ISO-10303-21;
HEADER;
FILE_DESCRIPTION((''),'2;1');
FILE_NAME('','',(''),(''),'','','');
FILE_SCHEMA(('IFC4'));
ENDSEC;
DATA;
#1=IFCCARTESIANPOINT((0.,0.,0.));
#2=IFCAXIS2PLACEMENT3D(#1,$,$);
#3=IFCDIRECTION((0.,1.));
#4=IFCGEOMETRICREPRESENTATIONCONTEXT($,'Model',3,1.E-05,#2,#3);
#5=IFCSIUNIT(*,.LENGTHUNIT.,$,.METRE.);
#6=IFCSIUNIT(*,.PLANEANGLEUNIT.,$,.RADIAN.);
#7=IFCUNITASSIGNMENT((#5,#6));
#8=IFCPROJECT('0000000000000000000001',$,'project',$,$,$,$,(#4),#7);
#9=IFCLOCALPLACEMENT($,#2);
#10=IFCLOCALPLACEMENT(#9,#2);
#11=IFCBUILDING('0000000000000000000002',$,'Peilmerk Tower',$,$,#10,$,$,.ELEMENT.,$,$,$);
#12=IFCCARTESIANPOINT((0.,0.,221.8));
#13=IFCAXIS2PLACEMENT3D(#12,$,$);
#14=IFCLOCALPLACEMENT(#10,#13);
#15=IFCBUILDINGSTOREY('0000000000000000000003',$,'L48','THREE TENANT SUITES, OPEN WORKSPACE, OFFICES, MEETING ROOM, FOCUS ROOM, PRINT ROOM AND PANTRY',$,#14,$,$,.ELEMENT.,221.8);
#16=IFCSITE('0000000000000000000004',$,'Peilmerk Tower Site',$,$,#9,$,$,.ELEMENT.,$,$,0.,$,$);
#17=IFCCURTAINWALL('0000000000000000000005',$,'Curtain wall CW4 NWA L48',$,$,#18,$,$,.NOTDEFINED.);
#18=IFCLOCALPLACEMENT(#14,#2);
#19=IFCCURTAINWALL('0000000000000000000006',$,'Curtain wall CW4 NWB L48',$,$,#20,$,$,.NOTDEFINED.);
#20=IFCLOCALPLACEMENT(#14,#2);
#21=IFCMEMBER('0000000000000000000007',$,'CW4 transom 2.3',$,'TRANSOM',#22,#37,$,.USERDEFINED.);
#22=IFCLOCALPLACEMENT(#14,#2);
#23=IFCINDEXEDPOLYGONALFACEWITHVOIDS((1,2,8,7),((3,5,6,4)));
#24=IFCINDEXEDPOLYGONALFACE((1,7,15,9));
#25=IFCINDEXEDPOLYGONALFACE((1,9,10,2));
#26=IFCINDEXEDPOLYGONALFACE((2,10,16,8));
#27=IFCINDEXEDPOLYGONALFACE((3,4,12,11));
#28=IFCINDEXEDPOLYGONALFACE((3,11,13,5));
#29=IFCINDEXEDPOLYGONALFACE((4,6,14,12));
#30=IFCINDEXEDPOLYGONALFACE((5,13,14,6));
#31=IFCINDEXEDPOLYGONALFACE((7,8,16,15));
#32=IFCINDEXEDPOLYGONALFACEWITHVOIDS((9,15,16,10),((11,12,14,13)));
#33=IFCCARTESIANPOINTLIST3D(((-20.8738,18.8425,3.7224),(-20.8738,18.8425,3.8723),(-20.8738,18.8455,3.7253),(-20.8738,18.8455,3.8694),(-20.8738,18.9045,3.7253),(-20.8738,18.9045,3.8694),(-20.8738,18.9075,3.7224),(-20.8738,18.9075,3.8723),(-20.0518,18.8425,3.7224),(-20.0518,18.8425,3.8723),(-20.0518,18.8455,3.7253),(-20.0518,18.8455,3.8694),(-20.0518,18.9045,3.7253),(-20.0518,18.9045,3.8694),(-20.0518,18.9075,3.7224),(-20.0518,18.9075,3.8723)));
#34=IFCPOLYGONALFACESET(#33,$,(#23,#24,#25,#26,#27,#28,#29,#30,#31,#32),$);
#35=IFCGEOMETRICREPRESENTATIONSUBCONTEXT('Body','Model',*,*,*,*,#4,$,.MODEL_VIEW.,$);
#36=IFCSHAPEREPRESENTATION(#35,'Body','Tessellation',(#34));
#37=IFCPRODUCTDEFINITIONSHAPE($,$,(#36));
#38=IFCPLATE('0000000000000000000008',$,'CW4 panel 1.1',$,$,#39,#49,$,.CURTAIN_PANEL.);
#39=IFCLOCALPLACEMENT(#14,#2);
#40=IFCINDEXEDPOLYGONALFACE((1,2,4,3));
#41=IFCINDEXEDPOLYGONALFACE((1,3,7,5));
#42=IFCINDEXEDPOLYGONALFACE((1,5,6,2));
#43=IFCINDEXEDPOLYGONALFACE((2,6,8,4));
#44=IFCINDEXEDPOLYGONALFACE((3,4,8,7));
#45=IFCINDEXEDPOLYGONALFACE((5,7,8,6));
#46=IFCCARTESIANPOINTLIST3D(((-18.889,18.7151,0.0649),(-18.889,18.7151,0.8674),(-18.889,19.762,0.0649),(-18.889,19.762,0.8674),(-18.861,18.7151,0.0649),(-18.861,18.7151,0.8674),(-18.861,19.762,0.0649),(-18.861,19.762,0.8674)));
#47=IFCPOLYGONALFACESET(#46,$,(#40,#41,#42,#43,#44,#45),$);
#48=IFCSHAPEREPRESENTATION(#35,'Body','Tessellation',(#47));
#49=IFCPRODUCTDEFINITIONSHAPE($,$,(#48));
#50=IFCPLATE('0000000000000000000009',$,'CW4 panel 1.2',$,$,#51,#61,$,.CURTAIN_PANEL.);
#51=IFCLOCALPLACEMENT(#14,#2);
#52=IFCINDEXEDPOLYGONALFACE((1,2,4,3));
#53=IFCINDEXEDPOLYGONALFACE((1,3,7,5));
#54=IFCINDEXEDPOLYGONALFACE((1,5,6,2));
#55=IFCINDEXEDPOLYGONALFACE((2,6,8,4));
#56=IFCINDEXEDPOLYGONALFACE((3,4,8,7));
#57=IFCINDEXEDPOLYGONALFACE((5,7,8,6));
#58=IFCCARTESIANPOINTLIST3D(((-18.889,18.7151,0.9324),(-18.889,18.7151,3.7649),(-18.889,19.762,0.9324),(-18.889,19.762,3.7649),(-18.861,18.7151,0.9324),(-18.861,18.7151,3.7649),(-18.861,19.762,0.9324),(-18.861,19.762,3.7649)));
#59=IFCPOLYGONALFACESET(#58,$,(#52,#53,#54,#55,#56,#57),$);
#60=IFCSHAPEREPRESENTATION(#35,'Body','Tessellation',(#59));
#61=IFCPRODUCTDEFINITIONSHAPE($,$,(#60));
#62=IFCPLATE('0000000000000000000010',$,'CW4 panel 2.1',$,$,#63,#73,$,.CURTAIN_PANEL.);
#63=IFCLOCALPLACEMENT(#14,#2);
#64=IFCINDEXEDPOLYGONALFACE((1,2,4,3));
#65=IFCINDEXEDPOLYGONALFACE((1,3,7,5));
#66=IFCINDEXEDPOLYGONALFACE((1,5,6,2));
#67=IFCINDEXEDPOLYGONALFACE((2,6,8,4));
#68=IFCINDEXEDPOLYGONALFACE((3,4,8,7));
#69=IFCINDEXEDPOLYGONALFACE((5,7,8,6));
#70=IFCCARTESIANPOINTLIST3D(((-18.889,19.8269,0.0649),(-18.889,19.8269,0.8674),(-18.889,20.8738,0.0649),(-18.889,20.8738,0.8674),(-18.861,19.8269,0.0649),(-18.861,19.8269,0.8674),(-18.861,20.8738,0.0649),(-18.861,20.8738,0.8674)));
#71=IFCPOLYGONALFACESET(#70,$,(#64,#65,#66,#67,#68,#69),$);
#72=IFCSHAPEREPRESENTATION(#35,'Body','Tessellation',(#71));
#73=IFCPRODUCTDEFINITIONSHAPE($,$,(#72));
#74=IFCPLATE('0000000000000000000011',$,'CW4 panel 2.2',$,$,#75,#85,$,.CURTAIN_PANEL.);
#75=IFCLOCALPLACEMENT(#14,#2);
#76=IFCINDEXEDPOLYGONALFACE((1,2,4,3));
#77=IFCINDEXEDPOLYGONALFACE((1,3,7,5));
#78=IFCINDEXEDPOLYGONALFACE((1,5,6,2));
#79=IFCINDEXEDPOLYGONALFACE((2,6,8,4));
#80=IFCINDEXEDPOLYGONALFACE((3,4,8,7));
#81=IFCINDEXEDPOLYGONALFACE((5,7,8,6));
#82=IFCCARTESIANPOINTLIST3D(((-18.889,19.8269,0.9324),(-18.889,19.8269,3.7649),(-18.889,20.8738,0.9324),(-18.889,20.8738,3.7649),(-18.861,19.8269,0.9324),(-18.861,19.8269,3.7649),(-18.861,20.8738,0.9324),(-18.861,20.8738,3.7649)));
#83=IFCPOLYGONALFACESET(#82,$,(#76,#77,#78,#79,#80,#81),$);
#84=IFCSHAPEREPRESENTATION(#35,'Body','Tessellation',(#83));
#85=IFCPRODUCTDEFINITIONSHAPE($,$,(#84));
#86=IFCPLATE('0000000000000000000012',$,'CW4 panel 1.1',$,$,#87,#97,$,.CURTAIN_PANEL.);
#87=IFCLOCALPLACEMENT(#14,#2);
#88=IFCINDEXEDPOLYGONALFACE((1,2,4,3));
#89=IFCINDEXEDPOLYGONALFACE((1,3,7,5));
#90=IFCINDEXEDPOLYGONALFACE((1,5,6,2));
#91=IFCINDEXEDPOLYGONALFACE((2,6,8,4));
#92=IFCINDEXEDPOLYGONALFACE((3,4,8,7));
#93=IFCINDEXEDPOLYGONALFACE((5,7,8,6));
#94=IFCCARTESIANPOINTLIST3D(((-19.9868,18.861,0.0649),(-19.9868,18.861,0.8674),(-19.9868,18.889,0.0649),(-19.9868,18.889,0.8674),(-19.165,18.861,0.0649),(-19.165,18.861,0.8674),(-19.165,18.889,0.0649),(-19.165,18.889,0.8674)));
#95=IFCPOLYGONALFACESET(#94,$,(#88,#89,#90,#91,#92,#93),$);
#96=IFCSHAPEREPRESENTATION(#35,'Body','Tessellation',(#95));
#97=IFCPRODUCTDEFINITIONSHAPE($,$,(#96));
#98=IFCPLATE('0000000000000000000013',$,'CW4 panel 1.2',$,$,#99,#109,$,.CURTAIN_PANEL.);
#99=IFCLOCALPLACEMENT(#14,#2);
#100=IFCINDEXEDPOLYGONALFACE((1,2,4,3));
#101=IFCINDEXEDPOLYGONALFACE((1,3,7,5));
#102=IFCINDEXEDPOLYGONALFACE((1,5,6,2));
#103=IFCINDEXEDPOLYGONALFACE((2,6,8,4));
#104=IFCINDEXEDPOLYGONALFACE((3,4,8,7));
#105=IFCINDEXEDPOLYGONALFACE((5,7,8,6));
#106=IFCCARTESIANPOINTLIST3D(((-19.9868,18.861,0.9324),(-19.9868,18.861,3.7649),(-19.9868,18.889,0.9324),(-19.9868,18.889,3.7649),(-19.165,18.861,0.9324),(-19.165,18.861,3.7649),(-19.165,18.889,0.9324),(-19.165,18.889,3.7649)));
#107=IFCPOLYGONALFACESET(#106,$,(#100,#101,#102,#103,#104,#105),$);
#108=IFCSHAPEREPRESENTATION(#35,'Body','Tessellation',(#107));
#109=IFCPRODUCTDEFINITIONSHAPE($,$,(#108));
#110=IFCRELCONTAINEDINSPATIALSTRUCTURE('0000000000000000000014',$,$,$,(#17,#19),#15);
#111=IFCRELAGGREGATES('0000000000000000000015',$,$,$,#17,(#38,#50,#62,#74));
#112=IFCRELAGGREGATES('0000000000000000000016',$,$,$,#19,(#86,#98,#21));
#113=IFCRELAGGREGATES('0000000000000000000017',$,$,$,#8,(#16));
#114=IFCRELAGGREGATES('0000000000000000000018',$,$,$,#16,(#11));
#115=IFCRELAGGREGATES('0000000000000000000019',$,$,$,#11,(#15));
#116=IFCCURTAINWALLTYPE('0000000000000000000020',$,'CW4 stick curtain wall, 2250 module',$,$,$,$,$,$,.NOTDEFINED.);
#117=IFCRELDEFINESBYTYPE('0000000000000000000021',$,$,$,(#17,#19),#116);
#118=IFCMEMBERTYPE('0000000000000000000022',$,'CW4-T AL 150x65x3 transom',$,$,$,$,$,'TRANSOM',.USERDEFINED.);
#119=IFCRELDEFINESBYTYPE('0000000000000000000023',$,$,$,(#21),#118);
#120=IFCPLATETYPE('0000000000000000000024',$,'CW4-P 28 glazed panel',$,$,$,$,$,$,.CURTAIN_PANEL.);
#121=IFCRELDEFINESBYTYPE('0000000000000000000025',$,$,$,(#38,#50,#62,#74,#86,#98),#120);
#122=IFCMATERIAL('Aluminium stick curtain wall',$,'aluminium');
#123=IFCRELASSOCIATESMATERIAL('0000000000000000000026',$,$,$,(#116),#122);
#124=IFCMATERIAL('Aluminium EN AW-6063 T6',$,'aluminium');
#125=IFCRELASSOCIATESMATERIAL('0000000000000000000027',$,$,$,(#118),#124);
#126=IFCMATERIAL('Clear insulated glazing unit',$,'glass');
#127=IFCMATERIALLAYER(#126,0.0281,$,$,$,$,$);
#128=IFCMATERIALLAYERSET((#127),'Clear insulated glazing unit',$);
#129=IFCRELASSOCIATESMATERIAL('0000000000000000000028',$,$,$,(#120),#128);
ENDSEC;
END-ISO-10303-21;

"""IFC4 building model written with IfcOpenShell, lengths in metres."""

from ifc_helpers import new_model, si_unit, direction, frame, origin, origin_2d, place, context, subcontext, project, spatial, rectangle, hollow_rectangle, extrude, material, layer, layer_set, material_profile, profile_set, type_object, element, aggregate, save


model = new_model("IFC4")

# Units and contexts
model_context = context("Model", 3, precision=1e-05, world=origin(), true_north=direction((0.0, 1.0)))
body_context = subcontext(model_context, "Body", "Model", "MODEL_VIEW")
ifc_project = project(units=[si_unit("LENGTHUNIT", "METRE"), si_unit("PLANEANGLEUNIT", "RADIAN")], contexts=[model_context])

# Site, building, storey
site_placement = place(None, origin())
site = spatial("IfcSite", under=ifc_project, at=site_placement, Name="Peilmerk Tower Site", CompositionType="ELEMENT", RefElevation=0.0)
building_placement = place(site_placement, origin())
building = spatial("IfcBuilding", under=site, at=building_placement, Name="Peilmerk Tower", CompositionType="ELEMENT")
storey_placement = place(building_placement, frame((0.0, 0.0, 221.8)))
storey = spatial("IfcBuildingStorey", under=building, at=storey_placement, Name="L48", Description="THREE TENANT SUITES, OPEN WORKSPACE, OFFICES, MEETING ROOM, FOCUS ROOM, PRINT ROOM AND PANTRY", CompositionType="ELEMENT", Elevation=221.8)

# Curtain walls
ifc_material_1 = material(Name="Aluminium stick curtain wall", Category="aluminium")
curtain_wall_type = type_object("IfcCurtainWallType", Name="CW4 stick curtain wall, 2250 module", PredefinedType="NOTDEFINED", material=ifc_material_1)
curtain_wall_1_placement = place(storey_placement, origin())
curtain_wall_1 = element("IfcCurtainWall", 1, at=curtain_wall_1_placement, inside=storey, type_object=curtain_wall_type, Name="Curtain wall CW4 NWA L48", PredefinedType="NOTDEFINED")
ifc_material_2 = material(Name="Aluminium EN AW-6063 T6", Category="aluminium")
curtain_wall_2_placement = place(storey_placement, origin())
curtain_wall_2 = element("IfcCurtainWall", 2, at=curtain_wall_2_placement, inside=storey, type_object=curtain_wall_type, Name="Curtain wall CW4 NWB L48", PredefinedType="NOTDEFINED")

# Member
ifc_material_profile_1 = material_profile(ifc_material_2, hollow_rectangle(XDim=0.0649, YDim=0.1499, WallThickness=0.0029, at=origin_2d()), Name="AL 150x65x3")
ifc_profile_set_1 = profile_set([ifc_material_profile_1], Name="Aluminium EN AW-6063 T6")
member_type_1 = type_object("IfcMemberType", Name="CW4-T AL 150x65x3 transom", ElementType="TRANSOM", PredefinedType="USERDEFINED", material=ifc_profile_set_1)
member_1_placement = place(storey_placement, frame((-20.0518, 18.875, 3.7974), z_axis=(-1.0, 0.0, 0.0), x_axis=(0.0, -1.0, 0.0)))
member_1 = element("IfcMember", 3, at=member_1_placement, type_object=member_type_1, Name="CW4 transom 2.3", ObjectType="TRANSOM", PredefinedType="USERDEFINED", context=body_context, shape_type="SweptSolid", body=[
    extrude(hollow_rectangle(XDim=0.0649, YDim=0.1499, WallThickness=0.0029, at=origin_2d()), origin(), (0.0, 0.0, 1.0), 0.822),
])

# Plates
ifc_material_3 = material(Name="Clear insulated glazing unit", Category="glass")
ifc_layer_1 = layer(ifc_material_3, 0.0281)
ifc_layer_set_1 = layer_set([ifc_layer_1], Name="Clear insulated glazing unit")
plate_type = type_object("IfcPlateType", Name="CW4-P 28 glazed panel", PredefinedType="CURTAIN_PANEL", material=ifc_layer_set_1)
plate_1_placement = place(storey_placement, frame((-18.875, 19.2385, 0.0649), z_axis=(0.0, 0.0, 1.0), x_axis=(0.0, 1.0, 0.0)))
plate_1 = element("IfcPlate", 4, at=plate_1_placement, type_object=plate_type, Name="CW4 panel 1.1", PredefinedType="CURTAIN_PANEL", context=body_context, shape_type="SweptSolid", body=[
    extrude(rectangle(XDim=1.0469, YDim=0.0281, at=origin_2d()), origin(), (0.0, 0.0, 1.0), 0.8025),
])
plate_2_placement = place(storey_placement, frame((-18.875, 19.2385, 0.9324), z_axis=(0.0, 0.0, 1.0), x_axis=(0.0, 1.0, 0.0)))
plate_2 = element("IfcPlate", 5, at=plate_2_placement, type_object=plate_type, Name="CW4 panel 1.2", PredefinedType="CURTAIN_PANEL", context=body_context, shape_type="SweptSolid", body=[
    extrude(rectangle(XDim=1.0469, YDim=0.0281, at=origin_2d()), origin(), (0.0, 0.0, 1.0), 2.8325),
])
plate_3_placement = place(storey_placement, frame((-18.875, 20.3503, 0.0649), z_axis=(0.0, 0.0, 1.0), x_axis=(0.0, 1.0, 0.0)))
plate_3 = element("IfcPlate", 6, at=plate_3_placement, type_object=plate_type, Name="CW4 panel 2.1", PredefinedType="CURTAIN_PANEL", context=body_context, shape_type="SweptSolid", body=[
    extrude(rectangle(XDim=1.0469, YDim=0.0281, at=origin_2d()), origin(), (0.0, 0.0, 1.0), 0.8025),
])
plate_4_placement = place(storey_placement, frame((-18.875, 20.3503, 0.9324), z_axis=(0.0, 0.0, 1.0), x_axis=(0.0, 1.0, 0.0)))
plate_4 = element("IfcPlate", 7, at=plate_4_placement, type_object=plate_type, Name="CW4 panel 2.2", PredefinedType="CURTAIN_PANEL", context=body_context, shape_type="SweptSolid", body=[
    extrude(rectangle(XDim=1.0469, YDim=0.0281, at=origin_2d()), origin(), (0.0, 0.0, 1.0), 2.8325),
])
aggregate(curtain_wall_1, [plate_1, plate_2, plate_3, plate_4])
plate_5_placement = place(storey_placement, frame((-19.5759, 18.875, 0.0649), z_axis=(0.0, 0.0, 1.0), x_axis=(-1.0, 0.0, 0.0)))
plate_5 = element("IfcPlate", 8, at=plate_5_placement, type_object=plate_type, Name="CW4 panel 1.1", PredefinedType="CURTAIN_PANEL", context=body_context, shape_type="SweptSolid", body=[
    extrude(rectangle(XDim=0.8218, YDim=0.0281, at=origin_2d()), origin(), (0.0, 0.0, 1.0), 0.8025),
])
plate_6_placement = place(storey_placement, frame((-19.5759, 18.875, 0.9324), z_axis=(0.0, 0.0, 1.0), x_axis=(-1.0, 0.0, 0.0)))
plate_6 = element("IfcPlate", 9, at=plate_6_placement, type_object=plate_type, Name="CW4 panel 1.2", PredefinedType="CURTAIN_PANEL", context=body_context, shape_type="SweptSolid", body=[
    extrude(rectangle(XDim=0.8218, YDim=0.0281, at=origin_2d()), origin(), (0.0, 0.0, 1.0), 2.8325),
])
aggregate(curtain_wall_2, [plate_5, plate_6, member_1])

save(model, "model.ifc")
